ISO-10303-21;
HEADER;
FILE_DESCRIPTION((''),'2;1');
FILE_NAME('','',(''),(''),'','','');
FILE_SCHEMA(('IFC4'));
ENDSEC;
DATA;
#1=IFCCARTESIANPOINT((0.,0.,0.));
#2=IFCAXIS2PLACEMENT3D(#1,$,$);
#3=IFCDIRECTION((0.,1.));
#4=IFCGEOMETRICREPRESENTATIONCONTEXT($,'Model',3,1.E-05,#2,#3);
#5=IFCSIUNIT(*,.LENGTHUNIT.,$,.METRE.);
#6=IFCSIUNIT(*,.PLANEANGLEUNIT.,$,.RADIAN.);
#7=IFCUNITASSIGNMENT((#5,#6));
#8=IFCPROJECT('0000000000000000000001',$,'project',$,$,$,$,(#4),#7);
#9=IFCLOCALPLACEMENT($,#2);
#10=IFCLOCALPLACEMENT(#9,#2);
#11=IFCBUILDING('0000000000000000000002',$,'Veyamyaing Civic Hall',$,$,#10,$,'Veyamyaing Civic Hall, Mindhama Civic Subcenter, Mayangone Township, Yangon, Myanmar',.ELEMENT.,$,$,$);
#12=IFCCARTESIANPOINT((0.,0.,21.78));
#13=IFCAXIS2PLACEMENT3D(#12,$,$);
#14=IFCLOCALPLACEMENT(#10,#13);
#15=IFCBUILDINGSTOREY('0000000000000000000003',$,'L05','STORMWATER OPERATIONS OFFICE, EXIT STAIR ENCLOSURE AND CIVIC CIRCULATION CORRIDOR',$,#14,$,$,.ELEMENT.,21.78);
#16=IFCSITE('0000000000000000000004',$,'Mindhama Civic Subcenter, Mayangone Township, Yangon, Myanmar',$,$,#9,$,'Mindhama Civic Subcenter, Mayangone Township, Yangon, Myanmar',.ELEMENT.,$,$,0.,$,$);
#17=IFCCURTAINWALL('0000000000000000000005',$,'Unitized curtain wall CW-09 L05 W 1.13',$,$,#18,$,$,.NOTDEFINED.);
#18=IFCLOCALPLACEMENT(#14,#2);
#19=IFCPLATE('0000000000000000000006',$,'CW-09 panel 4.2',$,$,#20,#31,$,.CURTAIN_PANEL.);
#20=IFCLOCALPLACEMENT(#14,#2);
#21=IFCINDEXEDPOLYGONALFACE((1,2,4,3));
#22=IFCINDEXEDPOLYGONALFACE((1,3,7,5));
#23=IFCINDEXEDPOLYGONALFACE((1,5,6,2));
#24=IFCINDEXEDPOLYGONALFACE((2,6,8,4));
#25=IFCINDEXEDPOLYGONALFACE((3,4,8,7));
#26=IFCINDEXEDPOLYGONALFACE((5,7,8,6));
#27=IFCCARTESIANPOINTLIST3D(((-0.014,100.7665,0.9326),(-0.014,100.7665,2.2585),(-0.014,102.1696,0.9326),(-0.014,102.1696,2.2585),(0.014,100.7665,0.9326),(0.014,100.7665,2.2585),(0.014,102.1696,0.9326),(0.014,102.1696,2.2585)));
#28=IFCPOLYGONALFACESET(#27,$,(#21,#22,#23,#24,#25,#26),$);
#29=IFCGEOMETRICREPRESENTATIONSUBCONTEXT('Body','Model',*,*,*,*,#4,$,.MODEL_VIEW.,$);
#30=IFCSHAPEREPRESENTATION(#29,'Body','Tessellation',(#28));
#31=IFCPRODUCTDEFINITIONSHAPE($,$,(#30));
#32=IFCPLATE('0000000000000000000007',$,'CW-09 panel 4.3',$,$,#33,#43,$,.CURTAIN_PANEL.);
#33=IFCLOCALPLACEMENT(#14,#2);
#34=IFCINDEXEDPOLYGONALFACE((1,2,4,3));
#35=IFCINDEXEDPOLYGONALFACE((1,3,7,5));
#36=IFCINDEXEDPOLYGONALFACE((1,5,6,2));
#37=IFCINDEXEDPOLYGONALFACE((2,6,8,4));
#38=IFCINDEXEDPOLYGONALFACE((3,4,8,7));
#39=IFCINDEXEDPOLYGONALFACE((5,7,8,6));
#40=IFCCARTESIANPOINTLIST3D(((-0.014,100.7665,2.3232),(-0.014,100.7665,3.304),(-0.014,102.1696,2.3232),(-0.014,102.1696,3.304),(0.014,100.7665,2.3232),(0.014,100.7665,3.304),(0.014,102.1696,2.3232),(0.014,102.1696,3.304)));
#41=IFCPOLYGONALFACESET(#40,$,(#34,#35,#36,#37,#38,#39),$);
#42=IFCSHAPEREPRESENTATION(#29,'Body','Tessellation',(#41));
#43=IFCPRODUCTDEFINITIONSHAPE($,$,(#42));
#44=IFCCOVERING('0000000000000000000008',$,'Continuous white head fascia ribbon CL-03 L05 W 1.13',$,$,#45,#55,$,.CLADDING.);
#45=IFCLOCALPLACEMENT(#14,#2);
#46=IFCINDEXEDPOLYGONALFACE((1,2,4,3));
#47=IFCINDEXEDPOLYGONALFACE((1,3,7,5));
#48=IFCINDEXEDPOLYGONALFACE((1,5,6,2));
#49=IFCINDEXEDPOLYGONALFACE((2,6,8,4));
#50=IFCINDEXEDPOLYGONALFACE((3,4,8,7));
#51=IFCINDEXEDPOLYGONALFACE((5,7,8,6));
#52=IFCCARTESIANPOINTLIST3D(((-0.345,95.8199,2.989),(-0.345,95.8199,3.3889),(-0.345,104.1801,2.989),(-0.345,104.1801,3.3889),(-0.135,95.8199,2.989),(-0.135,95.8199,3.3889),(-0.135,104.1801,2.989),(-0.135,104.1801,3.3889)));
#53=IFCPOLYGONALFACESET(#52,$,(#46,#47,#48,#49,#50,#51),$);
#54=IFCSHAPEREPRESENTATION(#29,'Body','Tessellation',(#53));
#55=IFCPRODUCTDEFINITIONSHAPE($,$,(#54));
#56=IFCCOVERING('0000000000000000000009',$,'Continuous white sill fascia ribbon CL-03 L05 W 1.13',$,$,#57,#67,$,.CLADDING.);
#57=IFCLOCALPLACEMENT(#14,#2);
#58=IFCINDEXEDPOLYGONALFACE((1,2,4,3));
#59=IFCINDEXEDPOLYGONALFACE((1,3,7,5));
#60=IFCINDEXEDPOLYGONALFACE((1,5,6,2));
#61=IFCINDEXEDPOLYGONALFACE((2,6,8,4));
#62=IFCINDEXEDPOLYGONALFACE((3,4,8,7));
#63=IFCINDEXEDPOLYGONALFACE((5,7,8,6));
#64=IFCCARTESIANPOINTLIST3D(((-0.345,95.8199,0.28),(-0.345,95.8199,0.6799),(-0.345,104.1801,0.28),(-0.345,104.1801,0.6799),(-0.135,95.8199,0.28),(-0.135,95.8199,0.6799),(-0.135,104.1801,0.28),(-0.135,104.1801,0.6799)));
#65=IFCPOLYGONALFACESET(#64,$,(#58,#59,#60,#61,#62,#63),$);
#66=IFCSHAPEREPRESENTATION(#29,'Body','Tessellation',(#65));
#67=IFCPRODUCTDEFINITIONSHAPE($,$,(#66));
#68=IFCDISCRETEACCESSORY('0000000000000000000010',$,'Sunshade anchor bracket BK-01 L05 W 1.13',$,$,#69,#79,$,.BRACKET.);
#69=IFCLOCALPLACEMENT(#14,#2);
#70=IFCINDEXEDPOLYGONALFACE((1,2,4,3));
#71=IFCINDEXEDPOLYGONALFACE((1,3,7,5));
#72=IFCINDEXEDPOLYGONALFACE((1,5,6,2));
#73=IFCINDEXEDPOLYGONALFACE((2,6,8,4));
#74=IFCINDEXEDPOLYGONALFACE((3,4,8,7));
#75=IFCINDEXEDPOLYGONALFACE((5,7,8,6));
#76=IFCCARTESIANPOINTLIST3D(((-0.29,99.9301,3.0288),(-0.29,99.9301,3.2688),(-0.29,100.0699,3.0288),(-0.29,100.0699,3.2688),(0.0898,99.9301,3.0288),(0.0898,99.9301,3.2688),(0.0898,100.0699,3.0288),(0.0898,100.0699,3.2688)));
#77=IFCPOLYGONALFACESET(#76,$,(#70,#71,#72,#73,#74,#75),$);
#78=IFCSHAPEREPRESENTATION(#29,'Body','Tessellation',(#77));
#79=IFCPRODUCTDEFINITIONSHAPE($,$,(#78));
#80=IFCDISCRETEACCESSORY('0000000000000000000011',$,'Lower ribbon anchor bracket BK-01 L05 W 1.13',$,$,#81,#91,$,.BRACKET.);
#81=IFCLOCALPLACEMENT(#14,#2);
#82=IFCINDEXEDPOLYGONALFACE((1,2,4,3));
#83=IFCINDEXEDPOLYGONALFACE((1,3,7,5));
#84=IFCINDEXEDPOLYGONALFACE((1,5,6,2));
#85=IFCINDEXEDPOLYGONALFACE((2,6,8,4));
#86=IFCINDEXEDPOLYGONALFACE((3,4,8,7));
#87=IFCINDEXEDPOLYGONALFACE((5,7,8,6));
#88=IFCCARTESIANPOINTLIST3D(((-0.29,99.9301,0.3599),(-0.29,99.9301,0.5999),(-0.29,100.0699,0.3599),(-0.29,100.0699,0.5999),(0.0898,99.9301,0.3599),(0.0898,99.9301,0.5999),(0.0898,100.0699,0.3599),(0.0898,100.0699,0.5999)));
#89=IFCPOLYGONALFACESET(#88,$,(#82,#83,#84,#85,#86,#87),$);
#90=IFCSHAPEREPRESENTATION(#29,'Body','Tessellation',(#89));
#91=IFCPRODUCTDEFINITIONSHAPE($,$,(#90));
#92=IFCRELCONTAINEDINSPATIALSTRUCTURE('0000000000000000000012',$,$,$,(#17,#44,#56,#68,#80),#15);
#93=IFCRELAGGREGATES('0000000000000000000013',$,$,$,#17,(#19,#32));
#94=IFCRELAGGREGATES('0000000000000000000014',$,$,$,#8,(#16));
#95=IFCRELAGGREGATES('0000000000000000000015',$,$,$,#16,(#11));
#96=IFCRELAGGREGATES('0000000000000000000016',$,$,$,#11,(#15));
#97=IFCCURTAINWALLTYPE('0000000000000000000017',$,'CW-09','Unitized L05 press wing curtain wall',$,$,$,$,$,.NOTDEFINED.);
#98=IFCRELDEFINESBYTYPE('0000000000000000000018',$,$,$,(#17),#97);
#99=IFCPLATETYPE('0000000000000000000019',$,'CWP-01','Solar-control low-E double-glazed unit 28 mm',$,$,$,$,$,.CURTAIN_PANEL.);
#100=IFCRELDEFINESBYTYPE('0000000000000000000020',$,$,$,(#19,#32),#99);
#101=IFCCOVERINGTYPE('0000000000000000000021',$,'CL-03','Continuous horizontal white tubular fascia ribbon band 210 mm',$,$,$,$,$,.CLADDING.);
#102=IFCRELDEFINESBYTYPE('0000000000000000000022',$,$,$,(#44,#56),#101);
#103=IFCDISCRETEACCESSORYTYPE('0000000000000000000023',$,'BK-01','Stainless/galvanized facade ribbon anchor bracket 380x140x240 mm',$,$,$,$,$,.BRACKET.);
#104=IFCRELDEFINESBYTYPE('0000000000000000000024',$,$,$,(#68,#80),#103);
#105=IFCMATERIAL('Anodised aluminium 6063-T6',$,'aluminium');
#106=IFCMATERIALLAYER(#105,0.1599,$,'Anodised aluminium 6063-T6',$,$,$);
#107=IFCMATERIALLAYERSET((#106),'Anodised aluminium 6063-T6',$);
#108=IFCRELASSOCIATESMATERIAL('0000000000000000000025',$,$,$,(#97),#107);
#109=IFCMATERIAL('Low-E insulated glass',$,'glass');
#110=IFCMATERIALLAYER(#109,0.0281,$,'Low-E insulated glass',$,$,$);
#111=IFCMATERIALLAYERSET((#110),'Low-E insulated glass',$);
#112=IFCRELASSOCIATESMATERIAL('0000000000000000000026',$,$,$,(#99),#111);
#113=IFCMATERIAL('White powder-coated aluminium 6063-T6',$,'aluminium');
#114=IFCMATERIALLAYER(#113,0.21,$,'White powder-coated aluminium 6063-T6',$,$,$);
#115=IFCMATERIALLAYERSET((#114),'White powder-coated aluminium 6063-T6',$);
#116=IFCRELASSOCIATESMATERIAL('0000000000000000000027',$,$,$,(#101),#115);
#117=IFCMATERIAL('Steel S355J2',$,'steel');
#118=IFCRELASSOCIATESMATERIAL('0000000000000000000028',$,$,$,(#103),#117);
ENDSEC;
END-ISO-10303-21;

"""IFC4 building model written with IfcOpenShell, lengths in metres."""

from ifc_helpers import new_model, si_unit, direction, frame, origin, origin_2d, place, context, subcontext, project, spatial, rectangle, extrude, material, layer, layer_set, type_object, element, aggregate, save


model = new_model("IFC4")

# Units and contexts
model_context = context("Model", 3, precision=1e-05, world=origin(), true_north=direction((0.0, 1.0)))
body_context = subcontext(model_context, "Body", "Model", "MODEL_VIEW")
ifc_project = project(units=[si_unit("LENGTHUNIT", "METRE"), si_unit("PLANEANGLEUNIT", "RADIAN")], contexts=[model_context])

# Site, building, storey
site_placement = place(None, origin())
site = spatial("IfcSite", under=ifc_project, at=site_placement, Name="Mindhama Civic Subcenter, Mayangone Township, Yangon, Myanmar", LongName="Mindhama Civic Subcenter, Mayangone Township, Yangon, Myanmar", CompositionType="ELEMENT", RefElevation=0.0)
building_placement = place(site_placement, origin())
building = spatial("IfcBuilding", under=site, at=building_placement, Name="Veyamyaing Civic Hall", LongName="Veyamyaing Civic Hall, Mindhama Civic Subcenter, Mayangone Township, Yangon, Myanmar", CompositionType="ELEMENT")
storey_placement = place(building_placement, frame((0.0, 0.0, 21.78)))
storey = spatial("IfcBuildingStorey", under=building, at=storey_placement, Name="L05", Description="STORMWATER OPERATIONS OFFICE, EXIT STAIR ENCLOSURE AND CIVIC CIRCULATION CORRIDOR", CompositionType="ELEMENT", Elevation=21.78)

# Curtain wall, plates
ifc_material_1 = material(Name="Anodised aluminium 6063-T6", Category="aluminium")
ifc_layer_1 = layer(ifc_material_1, 0.1599, Name="Anodised aluminium 6063-T6")
ifc_layer_set_1 = layer_set([ifc_layer_1], Name="Anodised aluminium 6063-T6")
curtain_wall_type = type_object("IfcCurtainWallType", Name="CW-09", Description="Unitized L05 press wing curtain wall", PredefinedType="NOTDEFINED", material=ifc_layer_set_1)
curtain_wall_placement = place(storey_placement, origin())
curtain_wall = element("IfcCurtainWall", 1, at=curtain_wall_placement, inside=storey, type_object=curtain_wall_type, Name="Unitized curtain wall CW-09 L05 W 1.13", PredefinedType="NOTDEFINED")
ifc_material_2 = material(Name="Low-E insulated glass", Category="glass")
ifc_layer_2 = layer(ifc_material_2, 0.0281, Name="Low-E insulated glass")
ifc_layer_set_2 = layer_set([ifc_layer_2], Name="Low-E insulated glass")
plate_type = type_object("IfcPlateType", Name="CWP-01", Description="Solar-control low-E double-glazed unit 28 mm", PredefinedType="CURTAIN_PANEL", material=ifc_layer_set_2)
plate_1_placement = place(storey_placement, frame((0.0, 101.468, 0.9326), z_axis=(0.0, 0.0, 1.0), x_axis=(0.0, 1.0, 0.0)))
plate_1 = element("IfcPlate", 2, at=plate_1_placement, type_object=plate_type, Name="CW-09 panel 4.2", PredefinedType="CURTAIN_PANEL", context=body_context, shape_type="SweptSolid", body=[
    extrude(rectangle(XDim=1.4031, YDim=0.0281, at=origin_2d()), origin(), (0.0, 0.0, 1.0), 1.3259),
])
plate_2_placement = place(storey_placement, frame((0.0, 101.468, 2.3232), z_axis=(0.0, 0.0, 1.0), x_axis=(0.0, 1.0, 0.0)))
plate_2 = element("IfcPlate", 3, at=plate_2_placement, type_object=plate_type, Name="CW-09 panel 4.3", PredefinedType="CURTAIN_PANEL", context=body_context, shape_type="SweptSolid", body=[
    extrude(rectangle(XDim=1.4031, YDim=0.0281, at=origin_2d()), origin(), (0.0, 0.0, 1.0), 0.9807),
])
aggregate(curtain_wall, [plate_1, plate_2])

# Coverings
ifc_material_3 = material(Name="White powder-coated aluminium 6063-T6", Category="aluminium")
ifc_layer_3 = layer(ifc_material_3, 0.21, Name="White powder-coated aluminium 6063-T6")
ifc_layer_set_3 = layer_set([ifc_layer_3], Name="White powder-coated aluminium 6063-T6")
covering_type = type_object("IfcCoveringType", Name="CL-03", Description="Continuous horizontal white tubular fascia ribbon band 210 mm", PredefinedType="CLADDING", material=ifc_layer_set_3)
for number, where, z_axis, x_axis, name in (
    (4, (-0.24, 100.0, 2.989), (0.0, 0.0, 1.0), (0.0, 1.0, 0.0), "Continuous white head fascia ribbon CL-03 L05 W 1.13"),
    (5, (-0.24, 100.0, 0.28), (0.0, 0.0, 1.0), (0.0, 1.0, 0.0), "Continuous white sill fascia ribbon CL-03 L05 W 1.13"),
):
    element("IfcCovering", number, at=place(storey_placement, frame(where, z_axis=z_axis, x_axis=x_axis)), inside=storey, type_object=covering_type, Name=name, PredefinedType="CLADDING", context=body_context, shape_type="SweptSolid", body=[
        extrude(rectangle(XDim=8.3601, YDim=0.21, at=origin_2d()), origin(), (0.0, 0.0, 1.0), 0.3999),
    ])

# Discrete accessories
ifc_material_4 = material(Name="Steel S355J2", Category="steel")
discrete_accessory_type = type_object("IfcDiscreteAccessoryType", Name="BK-01", Description="Stainless/galvanized facade ribbon anchor bracket 380x140x240 mm", PredefinedType="BRACKET", material=ifc_material_4)
for number, where, z_axis, x_axis, name in (
    (6, (-0.1001, 100.0, 3.0288), (0.0, 0.0, 1.0), (-1.0, 0.0, 0.0), "Sunshade anchor bracket BK-01 L05 W 1.13"),
    (7, (-0.1001, 100.0, 0.3599), (0.0, 0.0, 1.0), (-1.0, 0.0, 0.0), "Lower ribbon anchor bracket BK-01 L05 W 1.13"),
):
    element("IfcDiscreteAccessory", number, at=place(storey_placement, frame(where, z_axis=z_axis, x_axis=x_axis)), inside=storey, type_object=discrete_accessory_type, Name=name, PredefinedType="BRACKET", context=body_context, shape_type="SweptSolid", body=[
        extrude(rectangle(XDim=0.3799, YDim=0.1399, at=origin_2d()), origin(), (0.0, 0.0, 1.0), 0.24),
    ])

save(model, "model.ifc")
